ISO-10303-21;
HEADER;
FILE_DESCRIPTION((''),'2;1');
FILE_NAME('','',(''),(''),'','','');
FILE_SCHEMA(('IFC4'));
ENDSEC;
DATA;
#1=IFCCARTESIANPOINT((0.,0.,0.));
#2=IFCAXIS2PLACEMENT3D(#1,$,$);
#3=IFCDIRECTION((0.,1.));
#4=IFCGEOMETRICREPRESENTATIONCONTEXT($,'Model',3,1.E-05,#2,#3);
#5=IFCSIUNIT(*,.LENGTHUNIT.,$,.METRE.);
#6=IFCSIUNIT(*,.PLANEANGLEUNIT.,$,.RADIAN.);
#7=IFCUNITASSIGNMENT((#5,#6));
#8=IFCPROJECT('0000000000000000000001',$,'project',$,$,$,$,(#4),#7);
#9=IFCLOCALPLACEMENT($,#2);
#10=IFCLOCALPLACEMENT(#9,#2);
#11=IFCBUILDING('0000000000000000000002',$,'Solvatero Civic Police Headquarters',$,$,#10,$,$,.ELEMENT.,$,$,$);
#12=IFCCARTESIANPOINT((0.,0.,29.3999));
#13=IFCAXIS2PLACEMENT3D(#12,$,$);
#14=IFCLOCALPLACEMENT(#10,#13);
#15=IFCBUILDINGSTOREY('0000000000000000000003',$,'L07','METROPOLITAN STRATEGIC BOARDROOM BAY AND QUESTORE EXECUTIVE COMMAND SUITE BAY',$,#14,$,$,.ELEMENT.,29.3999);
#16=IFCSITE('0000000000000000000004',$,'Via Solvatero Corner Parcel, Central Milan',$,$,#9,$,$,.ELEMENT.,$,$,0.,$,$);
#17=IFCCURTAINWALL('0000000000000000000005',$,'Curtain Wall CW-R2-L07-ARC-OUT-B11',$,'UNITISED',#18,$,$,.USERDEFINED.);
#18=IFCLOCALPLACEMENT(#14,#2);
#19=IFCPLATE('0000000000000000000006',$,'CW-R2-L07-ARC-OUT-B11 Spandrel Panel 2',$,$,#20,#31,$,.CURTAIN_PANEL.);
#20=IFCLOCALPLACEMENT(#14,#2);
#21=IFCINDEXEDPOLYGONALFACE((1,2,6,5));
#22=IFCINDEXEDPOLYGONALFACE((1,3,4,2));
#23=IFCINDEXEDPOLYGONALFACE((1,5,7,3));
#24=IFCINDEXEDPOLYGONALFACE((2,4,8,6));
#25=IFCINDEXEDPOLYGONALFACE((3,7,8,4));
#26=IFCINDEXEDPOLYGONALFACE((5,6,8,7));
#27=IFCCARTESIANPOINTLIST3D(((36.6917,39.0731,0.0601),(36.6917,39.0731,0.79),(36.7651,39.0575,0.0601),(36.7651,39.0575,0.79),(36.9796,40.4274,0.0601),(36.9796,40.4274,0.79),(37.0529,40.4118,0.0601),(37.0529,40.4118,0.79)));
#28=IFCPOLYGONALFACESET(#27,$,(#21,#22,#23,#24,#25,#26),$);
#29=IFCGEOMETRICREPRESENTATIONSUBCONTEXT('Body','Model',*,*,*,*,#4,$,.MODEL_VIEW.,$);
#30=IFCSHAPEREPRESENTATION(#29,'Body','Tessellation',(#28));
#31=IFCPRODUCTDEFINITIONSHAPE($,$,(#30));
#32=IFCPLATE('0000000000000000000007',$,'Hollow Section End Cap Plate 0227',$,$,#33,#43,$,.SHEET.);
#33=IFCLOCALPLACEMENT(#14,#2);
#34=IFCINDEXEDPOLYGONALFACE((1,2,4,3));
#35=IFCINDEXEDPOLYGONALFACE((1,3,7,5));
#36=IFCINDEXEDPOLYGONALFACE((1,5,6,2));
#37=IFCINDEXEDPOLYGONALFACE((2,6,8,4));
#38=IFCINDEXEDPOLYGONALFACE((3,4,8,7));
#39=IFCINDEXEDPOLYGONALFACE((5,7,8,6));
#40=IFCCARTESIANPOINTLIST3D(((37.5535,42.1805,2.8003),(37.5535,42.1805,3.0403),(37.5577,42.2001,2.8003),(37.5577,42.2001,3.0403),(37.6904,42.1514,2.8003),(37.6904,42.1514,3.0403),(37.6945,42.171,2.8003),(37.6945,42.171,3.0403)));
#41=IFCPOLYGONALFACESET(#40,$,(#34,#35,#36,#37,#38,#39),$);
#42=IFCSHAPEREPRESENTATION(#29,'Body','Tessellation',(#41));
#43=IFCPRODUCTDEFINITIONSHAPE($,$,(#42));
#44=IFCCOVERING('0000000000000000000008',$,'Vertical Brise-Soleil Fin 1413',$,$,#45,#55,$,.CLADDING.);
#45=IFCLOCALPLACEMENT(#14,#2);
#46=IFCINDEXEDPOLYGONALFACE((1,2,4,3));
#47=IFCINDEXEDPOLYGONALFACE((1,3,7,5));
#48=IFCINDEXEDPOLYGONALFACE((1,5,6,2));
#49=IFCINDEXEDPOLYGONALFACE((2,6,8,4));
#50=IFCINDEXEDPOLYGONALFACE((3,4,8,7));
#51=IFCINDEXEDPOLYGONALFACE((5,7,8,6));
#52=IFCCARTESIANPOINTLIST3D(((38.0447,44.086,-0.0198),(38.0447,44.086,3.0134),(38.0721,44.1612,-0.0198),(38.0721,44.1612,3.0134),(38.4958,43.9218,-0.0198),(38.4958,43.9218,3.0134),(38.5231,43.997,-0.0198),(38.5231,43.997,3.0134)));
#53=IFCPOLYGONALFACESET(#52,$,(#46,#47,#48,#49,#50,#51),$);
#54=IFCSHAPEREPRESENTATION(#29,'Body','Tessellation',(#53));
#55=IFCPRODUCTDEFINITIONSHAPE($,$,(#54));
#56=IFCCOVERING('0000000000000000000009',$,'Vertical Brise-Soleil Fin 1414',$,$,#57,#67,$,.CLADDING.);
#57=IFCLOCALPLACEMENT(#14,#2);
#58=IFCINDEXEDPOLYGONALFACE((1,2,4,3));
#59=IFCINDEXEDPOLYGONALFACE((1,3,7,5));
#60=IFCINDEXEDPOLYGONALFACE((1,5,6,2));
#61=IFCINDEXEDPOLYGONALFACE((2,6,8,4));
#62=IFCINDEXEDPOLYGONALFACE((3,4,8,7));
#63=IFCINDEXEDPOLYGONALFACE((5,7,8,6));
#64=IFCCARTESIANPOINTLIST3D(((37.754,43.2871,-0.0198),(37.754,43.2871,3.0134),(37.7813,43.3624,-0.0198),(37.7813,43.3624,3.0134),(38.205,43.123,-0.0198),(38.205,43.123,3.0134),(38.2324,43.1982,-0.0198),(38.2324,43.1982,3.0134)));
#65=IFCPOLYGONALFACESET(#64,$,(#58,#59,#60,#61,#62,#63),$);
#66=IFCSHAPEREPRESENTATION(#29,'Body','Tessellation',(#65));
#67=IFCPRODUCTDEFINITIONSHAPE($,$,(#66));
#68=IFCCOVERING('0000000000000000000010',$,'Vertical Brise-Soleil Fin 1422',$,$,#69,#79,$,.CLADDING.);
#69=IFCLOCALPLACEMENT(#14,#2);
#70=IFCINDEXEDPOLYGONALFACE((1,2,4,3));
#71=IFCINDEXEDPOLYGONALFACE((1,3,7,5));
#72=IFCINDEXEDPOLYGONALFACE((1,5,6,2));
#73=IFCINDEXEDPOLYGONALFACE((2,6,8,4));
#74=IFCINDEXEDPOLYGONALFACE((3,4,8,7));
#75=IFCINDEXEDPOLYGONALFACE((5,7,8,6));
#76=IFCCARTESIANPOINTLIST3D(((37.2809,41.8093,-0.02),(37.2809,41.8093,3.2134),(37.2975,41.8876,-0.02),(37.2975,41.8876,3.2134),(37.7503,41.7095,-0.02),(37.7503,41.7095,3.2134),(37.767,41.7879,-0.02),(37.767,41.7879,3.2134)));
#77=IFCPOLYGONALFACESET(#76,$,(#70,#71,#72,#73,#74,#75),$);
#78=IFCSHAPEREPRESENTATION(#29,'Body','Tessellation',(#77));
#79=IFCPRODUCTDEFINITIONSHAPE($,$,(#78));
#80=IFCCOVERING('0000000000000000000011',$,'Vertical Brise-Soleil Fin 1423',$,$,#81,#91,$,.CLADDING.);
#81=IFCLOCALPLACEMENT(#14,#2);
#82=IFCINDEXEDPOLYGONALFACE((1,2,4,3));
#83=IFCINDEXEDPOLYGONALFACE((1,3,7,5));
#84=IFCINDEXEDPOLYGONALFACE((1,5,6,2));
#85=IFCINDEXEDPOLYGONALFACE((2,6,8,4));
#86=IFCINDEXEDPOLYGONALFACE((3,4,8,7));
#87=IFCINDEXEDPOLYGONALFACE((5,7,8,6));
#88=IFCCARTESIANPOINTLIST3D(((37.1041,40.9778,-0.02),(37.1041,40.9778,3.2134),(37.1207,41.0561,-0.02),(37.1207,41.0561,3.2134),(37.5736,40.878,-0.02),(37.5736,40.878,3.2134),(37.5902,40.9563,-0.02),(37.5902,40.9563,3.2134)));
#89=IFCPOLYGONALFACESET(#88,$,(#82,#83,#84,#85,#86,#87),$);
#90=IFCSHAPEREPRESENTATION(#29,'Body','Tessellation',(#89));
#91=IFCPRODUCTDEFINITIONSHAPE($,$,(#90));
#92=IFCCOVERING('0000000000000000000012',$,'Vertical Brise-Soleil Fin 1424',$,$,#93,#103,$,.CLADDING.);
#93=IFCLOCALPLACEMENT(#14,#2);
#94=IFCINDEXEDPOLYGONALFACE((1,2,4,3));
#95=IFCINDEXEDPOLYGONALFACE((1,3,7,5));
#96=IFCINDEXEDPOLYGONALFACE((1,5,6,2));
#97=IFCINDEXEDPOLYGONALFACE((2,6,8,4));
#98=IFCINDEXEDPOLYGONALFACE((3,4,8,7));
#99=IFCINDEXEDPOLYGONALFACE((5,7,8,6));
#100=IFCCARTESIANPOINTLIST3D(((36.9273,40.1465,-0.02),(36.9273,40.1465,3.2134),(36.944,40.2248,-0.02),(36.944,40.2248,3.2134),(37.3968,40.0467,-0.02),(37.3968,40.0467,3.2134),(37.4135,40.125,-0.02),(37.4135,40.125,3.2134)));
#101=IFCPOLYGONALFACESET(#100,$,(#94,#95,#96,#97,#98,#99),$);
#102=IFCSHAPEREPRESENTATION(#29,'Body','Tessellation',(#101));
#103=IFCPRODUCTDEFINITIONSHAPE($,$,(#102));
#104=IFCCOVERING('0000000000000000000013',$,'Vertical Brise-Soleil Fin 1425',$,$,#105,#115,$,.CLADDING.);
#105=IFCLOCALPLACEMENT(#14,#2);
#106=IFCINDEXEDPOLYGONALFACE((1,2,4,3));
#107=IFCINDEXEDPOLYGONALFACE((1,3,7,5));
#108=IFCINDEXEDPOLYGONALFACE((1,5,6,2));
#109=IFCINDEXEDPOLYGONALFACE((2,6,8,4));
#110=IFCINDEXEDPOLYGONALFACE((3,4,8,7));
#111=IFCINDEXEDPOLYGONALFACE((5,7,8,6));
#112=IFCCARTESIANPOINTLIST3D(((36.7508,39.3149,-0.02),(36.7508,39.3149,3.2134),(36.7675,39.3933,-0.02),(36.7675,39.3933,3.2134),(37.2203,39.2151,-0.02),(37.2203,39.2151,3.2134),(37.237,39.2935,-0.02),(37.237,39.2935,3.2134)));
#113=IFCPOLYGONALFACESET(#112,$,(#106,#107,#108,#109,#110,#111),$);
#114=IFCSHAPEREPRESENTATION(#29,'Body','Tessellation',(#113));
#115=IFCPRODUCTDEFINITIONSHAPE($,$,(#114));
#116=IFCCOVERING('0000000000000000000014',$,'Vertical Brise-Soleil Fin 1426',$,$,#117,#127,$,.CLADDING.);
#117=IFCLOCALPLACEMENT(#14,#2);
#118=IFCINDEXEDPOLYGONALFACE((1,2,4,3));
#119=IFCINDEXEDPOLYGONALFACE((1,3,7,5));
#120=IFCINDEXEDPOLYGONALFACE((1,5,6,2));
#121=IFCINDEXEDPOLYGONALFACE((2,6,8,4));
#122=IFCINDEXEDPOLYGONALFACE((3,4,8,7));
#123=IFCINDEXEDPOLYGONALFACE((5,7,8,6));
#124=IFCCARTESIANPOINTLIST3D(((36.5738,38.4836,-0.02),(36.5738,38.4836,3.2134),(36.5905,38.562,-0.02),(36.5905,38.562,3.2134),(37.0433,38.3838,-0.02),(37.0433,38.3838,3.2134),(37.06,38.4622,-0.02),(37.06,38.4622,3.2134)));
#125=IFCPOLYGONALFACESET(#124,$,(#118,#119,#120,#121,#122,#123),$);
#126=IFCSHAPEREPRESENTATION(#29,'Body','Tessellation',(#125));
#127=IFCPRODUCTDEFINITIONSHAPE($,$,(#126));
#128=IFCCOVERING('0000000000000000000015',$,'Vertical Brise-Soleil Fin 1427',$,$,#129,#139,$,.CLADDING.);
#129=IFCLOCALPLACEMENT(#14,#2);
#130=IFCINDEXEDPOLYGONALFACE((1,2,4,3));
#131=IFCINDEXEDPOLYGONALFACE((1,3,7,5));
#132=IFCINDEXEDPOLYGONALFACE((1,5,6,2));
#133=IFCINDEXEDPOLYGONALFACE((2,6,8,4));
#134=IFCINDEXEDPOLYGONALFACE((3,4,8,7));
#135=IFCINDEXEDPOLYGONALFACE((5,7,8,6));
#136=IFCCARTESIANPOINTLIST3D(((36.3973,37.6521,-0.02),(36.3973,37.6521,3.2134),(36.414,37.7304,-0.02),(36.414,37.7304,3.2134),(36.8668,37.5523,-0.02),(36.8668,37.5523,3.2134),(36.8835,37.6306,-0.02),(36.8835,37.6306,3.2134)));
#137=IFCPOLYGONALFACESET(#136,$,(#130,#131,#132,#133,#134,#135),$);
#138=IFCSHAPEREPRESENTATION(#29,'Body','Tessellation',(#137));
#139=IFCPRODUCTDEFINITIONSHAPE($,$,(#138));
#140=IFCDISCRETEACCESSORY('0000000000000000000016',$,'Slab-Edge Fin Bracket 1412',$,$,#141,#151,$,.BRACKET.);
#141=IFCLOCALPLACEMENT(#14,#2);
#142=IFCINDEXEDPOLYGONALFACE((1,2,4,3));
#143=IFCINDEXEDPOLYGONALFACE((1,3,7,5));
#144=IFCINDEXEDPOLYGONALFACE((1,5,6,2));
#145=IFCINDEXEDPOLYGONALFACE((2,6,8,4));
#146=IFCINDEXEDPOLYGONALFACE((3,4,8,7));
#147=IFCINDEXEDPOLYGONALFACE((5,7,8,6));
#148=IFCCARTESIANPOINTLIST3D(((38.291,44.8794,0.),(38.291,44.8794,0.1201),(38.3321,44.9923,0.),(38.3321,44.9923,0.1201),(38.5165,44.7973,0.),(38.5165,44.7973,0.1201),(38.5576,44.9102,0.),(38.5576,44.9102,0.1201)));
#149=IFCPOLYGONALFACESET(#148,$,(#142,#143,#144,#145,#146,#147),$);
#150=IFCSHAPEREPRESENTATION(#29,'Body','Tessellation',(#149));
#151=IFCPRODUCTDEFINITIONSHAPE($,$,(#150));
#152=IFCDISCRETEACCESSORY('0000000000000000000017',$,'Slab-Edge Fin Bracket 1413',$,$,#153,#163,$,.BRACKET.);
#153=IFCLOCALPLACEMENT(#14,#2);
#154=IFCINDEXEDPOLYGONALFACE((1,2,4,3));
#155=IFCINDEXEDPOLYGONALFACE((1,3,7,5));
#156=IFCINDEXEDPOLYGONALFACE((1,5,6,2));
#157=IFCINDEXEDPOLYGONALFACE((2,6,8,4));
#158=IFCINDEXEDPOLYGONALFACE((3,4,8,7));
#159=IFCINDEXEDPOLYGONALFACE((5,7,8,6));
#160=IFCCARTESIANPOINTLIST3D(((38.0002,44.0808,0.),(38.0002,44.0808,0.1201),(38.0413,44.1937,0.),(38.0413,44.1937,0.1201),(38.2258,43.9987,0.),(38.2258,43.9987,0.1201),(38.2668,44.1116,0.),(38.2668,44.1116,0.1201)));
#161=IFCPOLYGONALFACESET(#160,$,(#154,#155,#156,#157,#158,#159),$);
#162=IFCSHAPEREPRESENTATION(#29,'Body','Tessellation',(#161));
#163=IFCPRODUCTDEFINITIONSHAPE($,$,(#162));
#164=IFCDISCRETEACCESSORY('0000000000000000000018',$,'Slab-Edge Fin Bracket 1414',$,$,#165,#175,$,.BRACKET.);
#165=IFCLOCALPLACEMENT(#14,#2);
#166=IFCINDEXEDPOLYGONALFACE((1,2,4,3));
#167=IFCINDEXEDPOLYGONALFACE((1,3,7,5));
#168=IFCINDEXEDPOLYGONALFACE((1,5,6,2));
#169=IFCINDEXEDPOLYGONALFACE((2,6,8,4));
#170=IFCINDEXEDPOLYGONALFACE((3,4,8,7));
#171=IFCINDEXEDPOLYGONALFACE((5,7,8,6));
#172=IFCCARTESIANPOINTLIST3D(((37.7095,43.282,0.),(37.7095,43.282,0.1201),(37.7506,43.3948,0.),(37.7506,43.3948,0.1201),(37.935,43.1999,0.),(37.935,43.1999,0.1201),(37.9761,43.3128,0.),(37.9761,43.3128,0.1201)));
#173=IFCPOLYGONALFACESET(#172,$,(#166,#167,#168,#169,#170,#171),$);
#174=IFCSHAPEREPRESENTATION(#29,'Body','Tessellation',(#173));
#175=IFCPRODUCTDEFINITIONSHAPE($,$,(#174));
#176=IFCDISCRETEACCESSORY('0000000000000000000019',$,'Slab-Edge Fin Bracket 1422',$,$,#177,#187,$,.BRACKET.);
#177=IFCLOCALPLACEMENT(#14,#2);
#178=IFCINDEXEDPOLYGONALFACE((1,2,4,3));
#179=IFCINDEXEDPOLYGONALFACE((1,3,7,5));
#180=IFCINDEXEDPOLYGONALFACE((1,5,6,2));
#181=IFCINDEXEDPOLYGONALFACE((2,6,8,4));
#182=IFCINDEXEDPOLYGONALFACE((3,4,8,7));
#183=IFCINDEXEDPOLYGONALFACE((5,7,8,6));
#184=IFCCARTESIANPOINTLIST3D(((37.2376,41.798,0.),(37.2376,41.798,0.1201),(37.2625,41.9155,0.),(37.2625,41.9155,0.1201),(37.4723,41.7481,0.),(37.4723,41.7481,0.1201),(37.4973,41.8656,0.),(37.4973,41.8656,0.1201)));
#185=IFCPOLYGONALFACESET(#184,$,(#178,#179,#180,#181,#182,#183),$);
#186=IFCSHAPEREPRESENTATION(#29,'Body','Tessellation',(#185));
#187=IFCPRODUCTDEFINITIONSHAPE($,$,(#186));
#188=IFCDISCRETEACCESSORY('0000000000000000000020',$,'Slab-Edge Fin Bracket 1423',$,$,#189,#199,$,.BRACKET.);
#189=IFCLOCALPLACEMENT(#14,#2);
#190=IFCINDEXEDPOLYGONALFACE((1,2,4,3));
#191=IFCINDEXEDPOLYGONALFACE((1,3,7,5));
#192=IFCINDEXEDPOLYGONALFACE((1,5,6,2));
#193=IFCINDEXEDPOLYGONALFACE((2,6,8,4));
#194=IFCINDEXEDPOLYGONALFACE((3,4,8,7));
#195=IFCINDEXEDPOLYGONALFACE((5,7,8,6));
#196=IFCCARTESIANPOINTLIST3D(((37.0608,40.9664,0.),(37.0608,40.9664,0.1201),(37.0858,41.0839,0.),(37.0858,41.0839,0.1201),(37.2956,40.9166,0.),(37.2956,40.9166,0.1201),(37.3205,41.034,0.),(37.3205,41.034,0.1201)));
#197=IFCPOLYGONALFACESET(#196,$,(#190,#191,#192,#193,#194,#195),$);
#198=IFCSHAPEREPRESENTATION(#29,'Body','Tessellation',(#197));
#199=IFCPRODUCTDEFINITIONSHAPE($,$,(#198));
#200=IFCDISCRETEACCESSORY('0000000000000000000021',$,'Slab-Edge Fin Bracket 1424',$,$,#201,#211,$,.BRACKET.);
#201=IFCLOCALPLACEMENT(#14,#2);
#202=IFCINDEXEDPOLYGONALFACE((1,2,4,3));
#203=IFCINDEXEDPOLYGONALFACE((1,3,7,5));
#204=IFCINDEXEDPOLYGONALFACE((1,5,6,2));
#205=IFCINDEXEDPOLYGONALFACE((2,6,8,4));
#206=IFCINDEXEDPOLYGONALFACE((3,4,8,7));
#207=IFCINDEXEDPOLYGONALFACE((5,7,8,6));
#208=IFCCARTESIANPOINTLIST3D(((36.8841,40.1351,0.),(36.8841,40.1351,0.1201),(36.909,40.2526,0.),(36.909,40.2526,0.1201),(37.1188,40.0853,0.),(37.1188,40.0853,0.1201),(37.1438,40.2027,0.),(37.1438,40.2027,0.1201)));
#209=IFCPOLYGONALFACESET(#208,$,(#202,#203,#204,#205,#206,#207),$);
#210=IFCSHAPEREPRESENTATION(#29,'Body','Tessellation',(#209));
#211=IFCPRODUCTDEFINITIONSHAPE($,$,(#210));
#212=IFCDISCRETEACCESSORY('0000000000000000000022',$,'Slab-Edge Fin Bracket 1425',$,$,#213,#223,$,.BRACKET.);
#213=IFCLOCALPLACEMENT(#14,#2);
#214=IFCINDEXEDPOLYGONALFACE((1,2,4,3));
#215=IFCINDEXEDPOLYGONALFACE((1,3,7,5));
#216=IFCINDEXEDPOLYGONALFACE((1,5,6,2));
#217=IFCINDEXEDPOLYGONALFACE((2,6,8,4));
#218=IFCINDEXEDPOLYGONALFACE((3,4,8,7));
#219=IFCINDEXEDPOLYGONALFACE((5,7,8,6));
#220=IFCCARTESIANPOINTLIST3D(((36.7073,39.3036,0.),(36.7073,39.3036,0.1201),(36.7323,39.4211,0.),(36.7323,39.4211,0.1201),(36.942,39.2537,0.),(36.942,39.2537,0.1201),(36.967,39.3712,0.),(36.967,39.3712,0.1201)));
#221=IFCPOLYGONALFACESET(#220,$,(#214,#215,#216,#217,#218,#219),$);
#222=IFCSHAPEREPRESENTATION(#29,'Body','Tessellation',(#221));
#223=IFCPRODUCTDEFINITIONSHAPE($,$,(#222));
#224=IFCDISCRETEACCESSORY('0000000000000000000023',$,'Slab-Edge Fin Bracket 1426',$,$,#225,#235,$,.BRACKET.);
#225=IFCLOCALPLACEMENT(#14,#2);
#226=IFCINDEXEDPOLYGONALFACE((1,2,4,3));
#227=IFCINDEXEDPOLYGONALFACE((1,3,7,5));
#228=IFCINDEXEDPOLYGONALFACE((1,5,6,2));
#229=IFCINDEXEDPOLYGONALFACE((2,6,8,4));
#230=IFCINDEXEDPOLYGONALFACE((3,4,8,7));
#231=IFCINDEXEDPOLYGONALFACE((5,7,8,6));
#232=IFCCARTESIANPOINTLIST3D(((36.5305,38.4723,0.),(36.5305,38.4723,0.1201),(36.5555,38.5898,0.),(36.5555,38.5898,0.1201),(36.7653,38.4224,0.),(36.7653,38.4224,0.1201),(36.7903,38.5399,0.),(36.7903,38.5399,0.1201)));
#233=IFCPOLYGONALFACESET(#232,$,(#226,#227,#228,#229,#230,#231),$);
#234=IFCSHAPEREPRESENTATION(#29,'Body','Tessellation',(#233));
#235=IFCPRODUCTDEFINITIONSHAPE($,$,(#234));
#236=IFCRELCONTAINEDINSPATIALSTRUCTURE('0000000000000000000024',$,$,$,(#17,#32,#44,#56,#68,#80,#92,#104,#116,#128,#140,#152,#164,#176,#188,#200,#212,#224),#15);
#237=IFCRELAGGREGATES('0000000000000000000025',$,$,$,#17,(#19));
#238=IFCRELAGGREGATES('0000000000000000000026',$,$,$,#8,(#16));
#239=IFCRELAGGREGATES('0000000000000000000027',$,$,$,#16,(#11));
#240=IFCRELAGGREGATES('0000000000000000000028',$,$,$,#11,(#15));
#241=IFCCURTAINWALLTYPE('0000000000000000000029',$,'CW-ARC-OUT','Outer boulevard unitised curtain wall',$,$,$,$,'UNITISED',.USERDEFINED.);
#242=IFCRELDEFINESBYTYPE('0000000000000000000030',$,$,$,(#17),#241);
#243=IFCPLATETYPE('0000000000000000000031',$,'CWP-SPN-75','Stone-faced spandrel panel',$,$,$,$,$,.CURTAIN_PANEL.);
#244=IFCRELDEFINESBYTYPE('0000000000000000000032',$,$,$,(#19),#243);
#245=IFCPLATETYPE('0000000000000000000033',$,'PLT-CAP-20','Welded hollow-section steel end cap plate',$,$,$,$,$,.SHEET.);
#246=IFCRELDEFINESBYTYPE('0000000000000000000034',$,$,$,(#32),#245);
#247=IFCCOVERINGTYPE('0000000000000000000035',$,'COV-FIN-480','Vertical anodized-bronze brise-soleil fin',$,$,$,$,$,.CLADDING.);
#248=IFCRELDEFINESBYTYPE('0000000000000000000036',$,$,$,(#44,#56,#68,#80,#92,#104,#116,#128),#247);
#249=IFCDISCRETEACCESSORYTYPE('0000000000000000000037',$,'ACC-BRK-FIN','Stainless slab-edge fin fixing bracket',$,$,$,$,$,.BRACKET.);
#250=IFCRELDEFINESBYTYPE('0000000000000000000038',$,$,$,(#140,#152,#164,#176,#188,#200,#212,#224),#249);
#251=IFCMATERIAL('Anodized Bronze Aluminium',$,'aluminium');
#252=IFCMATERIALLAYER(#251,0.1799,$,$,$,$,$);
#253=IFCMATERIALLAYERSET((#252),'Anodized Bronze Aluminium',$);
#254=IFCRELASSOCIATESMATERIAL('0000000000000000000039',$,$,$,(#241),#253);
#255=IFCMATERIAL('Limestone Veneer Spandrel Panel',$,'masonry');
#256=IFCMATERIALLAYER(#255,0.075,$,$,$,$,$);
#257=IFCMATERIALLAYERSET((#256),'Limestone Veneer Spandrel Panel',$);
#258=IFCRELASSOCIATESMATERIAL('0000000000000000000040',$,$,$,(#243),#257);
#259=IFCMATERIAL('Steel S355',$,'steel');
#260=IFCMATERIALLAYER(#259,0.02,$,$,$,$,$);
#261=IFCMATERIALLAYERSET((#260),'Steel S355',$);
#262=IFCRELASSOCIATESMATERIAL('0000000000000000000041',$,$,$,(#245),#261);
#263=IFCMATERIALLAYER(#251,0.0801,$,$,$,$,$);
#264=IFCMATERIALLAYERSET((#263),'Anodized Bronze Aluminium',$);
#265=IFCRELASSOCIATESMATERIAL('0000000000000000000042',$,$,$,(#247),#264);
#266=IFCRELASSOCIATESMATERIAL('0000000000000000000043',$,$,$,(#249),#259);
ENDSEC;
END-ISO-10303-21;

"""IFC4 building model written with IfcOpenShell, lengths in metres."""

from ifc_helpers import new_model, si_unit, direction, frame, origin, origin_2d, place, context, subcontext, project, spatial, rectangle, extrude, material, layer, layer_set, type_object, element, aggregate, save


model = new_model("IFC4")

# Units and contexts
model_context = context("Model", 3, precision=1e-05, world=origin(), true_north=direction((0.0, 1.0)))
body_context = subcontext(model_context, "Body", "Model", "MODEL_VIEW")
ifc_project = project(units=[si_unit("LENGTHUNIT", "METRE"), si_unit("PLANEANGLEUNIT", "RADIAN")], contexts=[model_context])

# Site, building, storey
site_placement = place(None, origin())
site = spatial("IfcSite", under=ifc_project, at=site_placement, Name="Via Solvatero Corner Parcel, Central Milan", CompositionType="ELEMENT", RefElevation=0.0)
building_placement = place(site_placement, origin())
building = spatial("IfcBuilding", under=site, at=building_placement, Name="Solvatero Civic Police Headquarters", CompositionType="ELEMENT")
storey_placement = place(building_placement, frame((0.0, 0.0, 29.3999)))
storey = spatial("IfcBuildingStorey", under=building, at=storey_placement, Name="L07", Description="METROPOLITAN STRATEGIC BOARDROOM BAY AND QUESTORE EXECUTIVE COMMAND SUITE BAY", CompositionType="ELEMENT", Elevation=29.3999)

# Shared definitions
ifc_material_1 = material(Name="Steel S355", Category="steel")

# Curtain wall
ifc_material_2 = material(Name="Anodized Bronze Aluminium", Category="aluminium")
ifc_layer_1 = layer(ifc_material_2, 0.1799)
ifc_layer_set_1 = layer_set([ifc_layer_1], Name="Anodized Bronze Aluminium")
curtain_wall_type = type_object("IfcCurtainWallType", Name="CW-ARC-OUT", Description="Outer boulevard unitised curtain wall", ElementType="UNITISED", PredefinedType="USERDEFINED", material=ifc_layer_set_1)
curtain_wall_1_placement = place(storey_placement, origin())
curtain_wall_1 = element("IfcCurtainWall", 1, at=curtain_wall_1_placement, inside=storey, type_object=curtain_wall_type, Name="Curtain Wall CW-R2-L07-ARC-OUT-B11", ObjectType="UNITISED", PredefinedType="USERDEFINED")

# Plates
ifc_material_3 = material(Name="Limestone Veneer Spandrel Panel", Category="masonry")
ifc_layer_2 = layer(ifc_material_3, 0.075)
ifc_layer_set_2 = layer_set([ifc_layer_2], Name="Limestone Veneer Spandrel Panel")
plate_type_1 = type_object("IfcPlateType", Name="CWP-SPN-75", Description="Stone-faced spandrel panel", PredefinedType="CURTAIN_PANEL", material=ifc_layer_set_2)
plate_1_placement = place(storey_placement, frame((36.8723, 39.7424, 0.0601), z_axis=(0.0, 0.0, 1.0), x_axis=(-0.207895, -0.978151, 0.0)))
plate_1 = element("IfcPlate", 2, at=plate_1_placement, type_object=plate_type_1, Name="CW-R2-L07-ARC-OUT-B11 Spandrel Panel 2", PredefinedType="CURTAIN_PANEL", context=body_context, shape_type="SweptSolid", body=[
    extrude(rectangle(XDim=1.3845, YDim=0.075, at=origin_2d()), origin(), (0.0, 0.0, 1.0), 0.73),
])
aggregate(curtain_wall_1, [plate_1])
ifc_layer_3 = layer(ifc_material_1, 0.02)
ifc_layer_set_3 = layer_set([ifc_layer_3], Name="Steel S355")
plate_type_2 = type_object("IfcPlateType", Name="PLT-CAP-20", Description="Welded hollow-section steel end cap plate", PredefinedType="SHEET", material=ifc_layer_set_3)
plate_2_placement = place(storey_placement, frame((37.624, 42.1758, 2.8003), z_axis=(0.0, 0.0, 1.0), x_axis=(-0.207912, -0.978148, 0.0)))
element("IfcPlate", 3, at=plate_2_placement, inside=storey, type_object=plate_type_2, Name="Hollow Section End Cap Plate 0227", PredefinedType="SHEET", context=body_context, shape_type="SweptSolid", body=[
    extrude(rectangle(XDim=0.02, YDim=0.1399, at=origin_2d()), origin(), (0.0, 0.0, 1.0), 0.24),
])

# Coverings
ifc_layer_4 = layer(ifc_material_2, 0.0801)
ifc_layer_set_4 = layer_set([ifc_layer_4], Name="Anodized Bronze Aluminium")
covering_type = type_object("IfcCoveringType", Name="COV-FIN-480", Description="Vertical anodized-bronze brise-soleil fin", PredefinedType="CLADDING", material=ifc_layer_set_4)
for number, where, z_axis, x_axis, name in (
    (4, (38.2839, 44.0415, -0.0198), (0.0, 0.0, 1.0), (-0.34202, -0.939693, 0.0), "Vertical Brise-Soleil Fin 1413"),
    (5, (37.9932, 43.2427, -0.0198), (0.0, 0.0, 1.0), (-0.34202, -0.939693, 0.0), "Vertical Brise-Soleil Fin 1414"),
):
    element("IfcCovering", number, at=place(storey_placement, frame(where, z_axis=z_axis, x_axis=x_axis)), inside=storey, type_object=covering_type, Name=name, PredefinedType="CLADDING", context=body_context, shape_type="SweptSolid", body=[
        extrude(rectangle(XDim=0.0801, YDim=0.48, at=origin_2d()), origin(), (0.0, 0.0, 1.0), 3.0332),
    ])
for number, where, z_axis, x_axis, name in (
    (6, (37.5239, 41.7986, -0.02), (0.0, 0.0, 1.0), (-0.207895, -0.978151, 0.0), "Vertical Brise-Soleil Fin 1422"),
    (7, (37.3472, 40.967, -0.02), (0.0, 0.0, 1.0), (-0.207895, -0.978151, 0.0), "Vertical Brise-Soleil Fin 1423"),
    (8, (37.1704, 40.1357, -0.02), (0.0, 0.0, 1.0), (-0.207895, -0.978151, 0.0), "Vertical Brise-Soleil Fin 1424"),
    (9, (36.9939, 39.3042, -0.02), (0.0, 0.0, 1.0), (-0.207895, -0.978151, 0.0), "Vertical Brise-Soleil Fin 1425"),
    (10, (36.8169, 38.4729, -0.02), (0.0, 0.0, 1.0), (-0.207895, -0.978151, 0.0), "Vertical Brise-Soleil Fin 1426"),
    (11, (36.6404, 37.6414, -0.02), (0.0, 0.0, 1.0), (-0.207895, -0.978151, 0.0), "Vertical Brise-Soleil Fin 1427"),
):
    element("IfcCovering", number, at=place(storey_placement, frame(where, z_axis=z_axis, x_axis=x_axis)), inside=storey, type_object=covering_type, Name=name, PredefinedType="CLADDING", context=body_context, shape_type="SweptSolid", body=[
        extrude(rectangle(XDim=0.0801, YDim=0.48, at=origin_2d()), origin(), (0.0, 0.0, 1.0), 3.2334),
    ])

# Discrete accessories
discrete_accessory_type = type_object("IfcDiscreteAccessoryType", Name="ACC-BRK-FIN", Description="Stainless slab-edge fin fixing bracket", PredefinedType="BRACKET", material=ifc_material_1)
for number, where, z_axis, x_axis, name in (
    (12, (38.4243, 44.8948, 0.0), (0.0, 0.0, 1.0), (-0.34202, -0.939693, 0.0), "Slab-Edge Fin Bracket 1412"),
    (13, (38.1335, 44.0962, 0.0), (0.0, 0.0, 1.0), (-0.34202, -0.939693, 0.0), "Slab-Edge Fin Bracket 1413"),
    (14, (37.8428, 43.2974, 0.0), (0.0, 0.0, 1.0), (-0.34202, -0.939693, 0.0), "Slab-Edge Fin Bracket 1414"),
    (15, (37.3674, 41.8318, 0.0), (0.0, 0.0, 1.0), (-0.207895, -0.978151, 0.0), "Slab-Edge Fin Bracket 1422"),
    (16, (37.1907, 41.0002, 0.0), (0.0, 0.0, 1.0), (-0.207895, -0.978151, 0.0), "Slab-Edge Fin Bracket 1423"),
    (17, (37.0139, 40.1689, 0.0), (0.0, 0.0, 1.0), (-0.207895, -0.978151, 0.0), "Slab-Edge Fin Bracket 1424"),
    (18, (36.8372, 39.3374, 0.0), (0.0, 0.0, 1.0), (-0.207895, -0.978151, 0.0), "Slab-Edge Fin Bracket 1425"),
    (19, (36.6604, 38.5061, 0.0), (0.0, 0.0, 1.0), (-0.207895, -0.978151, 0.0), "Slab-Edge Fin Bracket 1426"),
):
    element("IfcDiscreteAccessory", number, at=place(storey_placement, frame(where, z_axis=z_axis, x_axis=x_axis)), inside=storey, type_object=discrete_accessory_type, Name=name, PredefinedType="BRACKET", context=body_context, shape_type="SweptSolid", body=[
        extrude(rectangle(XDim=0.1201, YDim=0.24, at=origin_2d()), origin(), (0.0, 0.0, 1.0), 0.1201),
    ])

save(model, "model.ifc")
